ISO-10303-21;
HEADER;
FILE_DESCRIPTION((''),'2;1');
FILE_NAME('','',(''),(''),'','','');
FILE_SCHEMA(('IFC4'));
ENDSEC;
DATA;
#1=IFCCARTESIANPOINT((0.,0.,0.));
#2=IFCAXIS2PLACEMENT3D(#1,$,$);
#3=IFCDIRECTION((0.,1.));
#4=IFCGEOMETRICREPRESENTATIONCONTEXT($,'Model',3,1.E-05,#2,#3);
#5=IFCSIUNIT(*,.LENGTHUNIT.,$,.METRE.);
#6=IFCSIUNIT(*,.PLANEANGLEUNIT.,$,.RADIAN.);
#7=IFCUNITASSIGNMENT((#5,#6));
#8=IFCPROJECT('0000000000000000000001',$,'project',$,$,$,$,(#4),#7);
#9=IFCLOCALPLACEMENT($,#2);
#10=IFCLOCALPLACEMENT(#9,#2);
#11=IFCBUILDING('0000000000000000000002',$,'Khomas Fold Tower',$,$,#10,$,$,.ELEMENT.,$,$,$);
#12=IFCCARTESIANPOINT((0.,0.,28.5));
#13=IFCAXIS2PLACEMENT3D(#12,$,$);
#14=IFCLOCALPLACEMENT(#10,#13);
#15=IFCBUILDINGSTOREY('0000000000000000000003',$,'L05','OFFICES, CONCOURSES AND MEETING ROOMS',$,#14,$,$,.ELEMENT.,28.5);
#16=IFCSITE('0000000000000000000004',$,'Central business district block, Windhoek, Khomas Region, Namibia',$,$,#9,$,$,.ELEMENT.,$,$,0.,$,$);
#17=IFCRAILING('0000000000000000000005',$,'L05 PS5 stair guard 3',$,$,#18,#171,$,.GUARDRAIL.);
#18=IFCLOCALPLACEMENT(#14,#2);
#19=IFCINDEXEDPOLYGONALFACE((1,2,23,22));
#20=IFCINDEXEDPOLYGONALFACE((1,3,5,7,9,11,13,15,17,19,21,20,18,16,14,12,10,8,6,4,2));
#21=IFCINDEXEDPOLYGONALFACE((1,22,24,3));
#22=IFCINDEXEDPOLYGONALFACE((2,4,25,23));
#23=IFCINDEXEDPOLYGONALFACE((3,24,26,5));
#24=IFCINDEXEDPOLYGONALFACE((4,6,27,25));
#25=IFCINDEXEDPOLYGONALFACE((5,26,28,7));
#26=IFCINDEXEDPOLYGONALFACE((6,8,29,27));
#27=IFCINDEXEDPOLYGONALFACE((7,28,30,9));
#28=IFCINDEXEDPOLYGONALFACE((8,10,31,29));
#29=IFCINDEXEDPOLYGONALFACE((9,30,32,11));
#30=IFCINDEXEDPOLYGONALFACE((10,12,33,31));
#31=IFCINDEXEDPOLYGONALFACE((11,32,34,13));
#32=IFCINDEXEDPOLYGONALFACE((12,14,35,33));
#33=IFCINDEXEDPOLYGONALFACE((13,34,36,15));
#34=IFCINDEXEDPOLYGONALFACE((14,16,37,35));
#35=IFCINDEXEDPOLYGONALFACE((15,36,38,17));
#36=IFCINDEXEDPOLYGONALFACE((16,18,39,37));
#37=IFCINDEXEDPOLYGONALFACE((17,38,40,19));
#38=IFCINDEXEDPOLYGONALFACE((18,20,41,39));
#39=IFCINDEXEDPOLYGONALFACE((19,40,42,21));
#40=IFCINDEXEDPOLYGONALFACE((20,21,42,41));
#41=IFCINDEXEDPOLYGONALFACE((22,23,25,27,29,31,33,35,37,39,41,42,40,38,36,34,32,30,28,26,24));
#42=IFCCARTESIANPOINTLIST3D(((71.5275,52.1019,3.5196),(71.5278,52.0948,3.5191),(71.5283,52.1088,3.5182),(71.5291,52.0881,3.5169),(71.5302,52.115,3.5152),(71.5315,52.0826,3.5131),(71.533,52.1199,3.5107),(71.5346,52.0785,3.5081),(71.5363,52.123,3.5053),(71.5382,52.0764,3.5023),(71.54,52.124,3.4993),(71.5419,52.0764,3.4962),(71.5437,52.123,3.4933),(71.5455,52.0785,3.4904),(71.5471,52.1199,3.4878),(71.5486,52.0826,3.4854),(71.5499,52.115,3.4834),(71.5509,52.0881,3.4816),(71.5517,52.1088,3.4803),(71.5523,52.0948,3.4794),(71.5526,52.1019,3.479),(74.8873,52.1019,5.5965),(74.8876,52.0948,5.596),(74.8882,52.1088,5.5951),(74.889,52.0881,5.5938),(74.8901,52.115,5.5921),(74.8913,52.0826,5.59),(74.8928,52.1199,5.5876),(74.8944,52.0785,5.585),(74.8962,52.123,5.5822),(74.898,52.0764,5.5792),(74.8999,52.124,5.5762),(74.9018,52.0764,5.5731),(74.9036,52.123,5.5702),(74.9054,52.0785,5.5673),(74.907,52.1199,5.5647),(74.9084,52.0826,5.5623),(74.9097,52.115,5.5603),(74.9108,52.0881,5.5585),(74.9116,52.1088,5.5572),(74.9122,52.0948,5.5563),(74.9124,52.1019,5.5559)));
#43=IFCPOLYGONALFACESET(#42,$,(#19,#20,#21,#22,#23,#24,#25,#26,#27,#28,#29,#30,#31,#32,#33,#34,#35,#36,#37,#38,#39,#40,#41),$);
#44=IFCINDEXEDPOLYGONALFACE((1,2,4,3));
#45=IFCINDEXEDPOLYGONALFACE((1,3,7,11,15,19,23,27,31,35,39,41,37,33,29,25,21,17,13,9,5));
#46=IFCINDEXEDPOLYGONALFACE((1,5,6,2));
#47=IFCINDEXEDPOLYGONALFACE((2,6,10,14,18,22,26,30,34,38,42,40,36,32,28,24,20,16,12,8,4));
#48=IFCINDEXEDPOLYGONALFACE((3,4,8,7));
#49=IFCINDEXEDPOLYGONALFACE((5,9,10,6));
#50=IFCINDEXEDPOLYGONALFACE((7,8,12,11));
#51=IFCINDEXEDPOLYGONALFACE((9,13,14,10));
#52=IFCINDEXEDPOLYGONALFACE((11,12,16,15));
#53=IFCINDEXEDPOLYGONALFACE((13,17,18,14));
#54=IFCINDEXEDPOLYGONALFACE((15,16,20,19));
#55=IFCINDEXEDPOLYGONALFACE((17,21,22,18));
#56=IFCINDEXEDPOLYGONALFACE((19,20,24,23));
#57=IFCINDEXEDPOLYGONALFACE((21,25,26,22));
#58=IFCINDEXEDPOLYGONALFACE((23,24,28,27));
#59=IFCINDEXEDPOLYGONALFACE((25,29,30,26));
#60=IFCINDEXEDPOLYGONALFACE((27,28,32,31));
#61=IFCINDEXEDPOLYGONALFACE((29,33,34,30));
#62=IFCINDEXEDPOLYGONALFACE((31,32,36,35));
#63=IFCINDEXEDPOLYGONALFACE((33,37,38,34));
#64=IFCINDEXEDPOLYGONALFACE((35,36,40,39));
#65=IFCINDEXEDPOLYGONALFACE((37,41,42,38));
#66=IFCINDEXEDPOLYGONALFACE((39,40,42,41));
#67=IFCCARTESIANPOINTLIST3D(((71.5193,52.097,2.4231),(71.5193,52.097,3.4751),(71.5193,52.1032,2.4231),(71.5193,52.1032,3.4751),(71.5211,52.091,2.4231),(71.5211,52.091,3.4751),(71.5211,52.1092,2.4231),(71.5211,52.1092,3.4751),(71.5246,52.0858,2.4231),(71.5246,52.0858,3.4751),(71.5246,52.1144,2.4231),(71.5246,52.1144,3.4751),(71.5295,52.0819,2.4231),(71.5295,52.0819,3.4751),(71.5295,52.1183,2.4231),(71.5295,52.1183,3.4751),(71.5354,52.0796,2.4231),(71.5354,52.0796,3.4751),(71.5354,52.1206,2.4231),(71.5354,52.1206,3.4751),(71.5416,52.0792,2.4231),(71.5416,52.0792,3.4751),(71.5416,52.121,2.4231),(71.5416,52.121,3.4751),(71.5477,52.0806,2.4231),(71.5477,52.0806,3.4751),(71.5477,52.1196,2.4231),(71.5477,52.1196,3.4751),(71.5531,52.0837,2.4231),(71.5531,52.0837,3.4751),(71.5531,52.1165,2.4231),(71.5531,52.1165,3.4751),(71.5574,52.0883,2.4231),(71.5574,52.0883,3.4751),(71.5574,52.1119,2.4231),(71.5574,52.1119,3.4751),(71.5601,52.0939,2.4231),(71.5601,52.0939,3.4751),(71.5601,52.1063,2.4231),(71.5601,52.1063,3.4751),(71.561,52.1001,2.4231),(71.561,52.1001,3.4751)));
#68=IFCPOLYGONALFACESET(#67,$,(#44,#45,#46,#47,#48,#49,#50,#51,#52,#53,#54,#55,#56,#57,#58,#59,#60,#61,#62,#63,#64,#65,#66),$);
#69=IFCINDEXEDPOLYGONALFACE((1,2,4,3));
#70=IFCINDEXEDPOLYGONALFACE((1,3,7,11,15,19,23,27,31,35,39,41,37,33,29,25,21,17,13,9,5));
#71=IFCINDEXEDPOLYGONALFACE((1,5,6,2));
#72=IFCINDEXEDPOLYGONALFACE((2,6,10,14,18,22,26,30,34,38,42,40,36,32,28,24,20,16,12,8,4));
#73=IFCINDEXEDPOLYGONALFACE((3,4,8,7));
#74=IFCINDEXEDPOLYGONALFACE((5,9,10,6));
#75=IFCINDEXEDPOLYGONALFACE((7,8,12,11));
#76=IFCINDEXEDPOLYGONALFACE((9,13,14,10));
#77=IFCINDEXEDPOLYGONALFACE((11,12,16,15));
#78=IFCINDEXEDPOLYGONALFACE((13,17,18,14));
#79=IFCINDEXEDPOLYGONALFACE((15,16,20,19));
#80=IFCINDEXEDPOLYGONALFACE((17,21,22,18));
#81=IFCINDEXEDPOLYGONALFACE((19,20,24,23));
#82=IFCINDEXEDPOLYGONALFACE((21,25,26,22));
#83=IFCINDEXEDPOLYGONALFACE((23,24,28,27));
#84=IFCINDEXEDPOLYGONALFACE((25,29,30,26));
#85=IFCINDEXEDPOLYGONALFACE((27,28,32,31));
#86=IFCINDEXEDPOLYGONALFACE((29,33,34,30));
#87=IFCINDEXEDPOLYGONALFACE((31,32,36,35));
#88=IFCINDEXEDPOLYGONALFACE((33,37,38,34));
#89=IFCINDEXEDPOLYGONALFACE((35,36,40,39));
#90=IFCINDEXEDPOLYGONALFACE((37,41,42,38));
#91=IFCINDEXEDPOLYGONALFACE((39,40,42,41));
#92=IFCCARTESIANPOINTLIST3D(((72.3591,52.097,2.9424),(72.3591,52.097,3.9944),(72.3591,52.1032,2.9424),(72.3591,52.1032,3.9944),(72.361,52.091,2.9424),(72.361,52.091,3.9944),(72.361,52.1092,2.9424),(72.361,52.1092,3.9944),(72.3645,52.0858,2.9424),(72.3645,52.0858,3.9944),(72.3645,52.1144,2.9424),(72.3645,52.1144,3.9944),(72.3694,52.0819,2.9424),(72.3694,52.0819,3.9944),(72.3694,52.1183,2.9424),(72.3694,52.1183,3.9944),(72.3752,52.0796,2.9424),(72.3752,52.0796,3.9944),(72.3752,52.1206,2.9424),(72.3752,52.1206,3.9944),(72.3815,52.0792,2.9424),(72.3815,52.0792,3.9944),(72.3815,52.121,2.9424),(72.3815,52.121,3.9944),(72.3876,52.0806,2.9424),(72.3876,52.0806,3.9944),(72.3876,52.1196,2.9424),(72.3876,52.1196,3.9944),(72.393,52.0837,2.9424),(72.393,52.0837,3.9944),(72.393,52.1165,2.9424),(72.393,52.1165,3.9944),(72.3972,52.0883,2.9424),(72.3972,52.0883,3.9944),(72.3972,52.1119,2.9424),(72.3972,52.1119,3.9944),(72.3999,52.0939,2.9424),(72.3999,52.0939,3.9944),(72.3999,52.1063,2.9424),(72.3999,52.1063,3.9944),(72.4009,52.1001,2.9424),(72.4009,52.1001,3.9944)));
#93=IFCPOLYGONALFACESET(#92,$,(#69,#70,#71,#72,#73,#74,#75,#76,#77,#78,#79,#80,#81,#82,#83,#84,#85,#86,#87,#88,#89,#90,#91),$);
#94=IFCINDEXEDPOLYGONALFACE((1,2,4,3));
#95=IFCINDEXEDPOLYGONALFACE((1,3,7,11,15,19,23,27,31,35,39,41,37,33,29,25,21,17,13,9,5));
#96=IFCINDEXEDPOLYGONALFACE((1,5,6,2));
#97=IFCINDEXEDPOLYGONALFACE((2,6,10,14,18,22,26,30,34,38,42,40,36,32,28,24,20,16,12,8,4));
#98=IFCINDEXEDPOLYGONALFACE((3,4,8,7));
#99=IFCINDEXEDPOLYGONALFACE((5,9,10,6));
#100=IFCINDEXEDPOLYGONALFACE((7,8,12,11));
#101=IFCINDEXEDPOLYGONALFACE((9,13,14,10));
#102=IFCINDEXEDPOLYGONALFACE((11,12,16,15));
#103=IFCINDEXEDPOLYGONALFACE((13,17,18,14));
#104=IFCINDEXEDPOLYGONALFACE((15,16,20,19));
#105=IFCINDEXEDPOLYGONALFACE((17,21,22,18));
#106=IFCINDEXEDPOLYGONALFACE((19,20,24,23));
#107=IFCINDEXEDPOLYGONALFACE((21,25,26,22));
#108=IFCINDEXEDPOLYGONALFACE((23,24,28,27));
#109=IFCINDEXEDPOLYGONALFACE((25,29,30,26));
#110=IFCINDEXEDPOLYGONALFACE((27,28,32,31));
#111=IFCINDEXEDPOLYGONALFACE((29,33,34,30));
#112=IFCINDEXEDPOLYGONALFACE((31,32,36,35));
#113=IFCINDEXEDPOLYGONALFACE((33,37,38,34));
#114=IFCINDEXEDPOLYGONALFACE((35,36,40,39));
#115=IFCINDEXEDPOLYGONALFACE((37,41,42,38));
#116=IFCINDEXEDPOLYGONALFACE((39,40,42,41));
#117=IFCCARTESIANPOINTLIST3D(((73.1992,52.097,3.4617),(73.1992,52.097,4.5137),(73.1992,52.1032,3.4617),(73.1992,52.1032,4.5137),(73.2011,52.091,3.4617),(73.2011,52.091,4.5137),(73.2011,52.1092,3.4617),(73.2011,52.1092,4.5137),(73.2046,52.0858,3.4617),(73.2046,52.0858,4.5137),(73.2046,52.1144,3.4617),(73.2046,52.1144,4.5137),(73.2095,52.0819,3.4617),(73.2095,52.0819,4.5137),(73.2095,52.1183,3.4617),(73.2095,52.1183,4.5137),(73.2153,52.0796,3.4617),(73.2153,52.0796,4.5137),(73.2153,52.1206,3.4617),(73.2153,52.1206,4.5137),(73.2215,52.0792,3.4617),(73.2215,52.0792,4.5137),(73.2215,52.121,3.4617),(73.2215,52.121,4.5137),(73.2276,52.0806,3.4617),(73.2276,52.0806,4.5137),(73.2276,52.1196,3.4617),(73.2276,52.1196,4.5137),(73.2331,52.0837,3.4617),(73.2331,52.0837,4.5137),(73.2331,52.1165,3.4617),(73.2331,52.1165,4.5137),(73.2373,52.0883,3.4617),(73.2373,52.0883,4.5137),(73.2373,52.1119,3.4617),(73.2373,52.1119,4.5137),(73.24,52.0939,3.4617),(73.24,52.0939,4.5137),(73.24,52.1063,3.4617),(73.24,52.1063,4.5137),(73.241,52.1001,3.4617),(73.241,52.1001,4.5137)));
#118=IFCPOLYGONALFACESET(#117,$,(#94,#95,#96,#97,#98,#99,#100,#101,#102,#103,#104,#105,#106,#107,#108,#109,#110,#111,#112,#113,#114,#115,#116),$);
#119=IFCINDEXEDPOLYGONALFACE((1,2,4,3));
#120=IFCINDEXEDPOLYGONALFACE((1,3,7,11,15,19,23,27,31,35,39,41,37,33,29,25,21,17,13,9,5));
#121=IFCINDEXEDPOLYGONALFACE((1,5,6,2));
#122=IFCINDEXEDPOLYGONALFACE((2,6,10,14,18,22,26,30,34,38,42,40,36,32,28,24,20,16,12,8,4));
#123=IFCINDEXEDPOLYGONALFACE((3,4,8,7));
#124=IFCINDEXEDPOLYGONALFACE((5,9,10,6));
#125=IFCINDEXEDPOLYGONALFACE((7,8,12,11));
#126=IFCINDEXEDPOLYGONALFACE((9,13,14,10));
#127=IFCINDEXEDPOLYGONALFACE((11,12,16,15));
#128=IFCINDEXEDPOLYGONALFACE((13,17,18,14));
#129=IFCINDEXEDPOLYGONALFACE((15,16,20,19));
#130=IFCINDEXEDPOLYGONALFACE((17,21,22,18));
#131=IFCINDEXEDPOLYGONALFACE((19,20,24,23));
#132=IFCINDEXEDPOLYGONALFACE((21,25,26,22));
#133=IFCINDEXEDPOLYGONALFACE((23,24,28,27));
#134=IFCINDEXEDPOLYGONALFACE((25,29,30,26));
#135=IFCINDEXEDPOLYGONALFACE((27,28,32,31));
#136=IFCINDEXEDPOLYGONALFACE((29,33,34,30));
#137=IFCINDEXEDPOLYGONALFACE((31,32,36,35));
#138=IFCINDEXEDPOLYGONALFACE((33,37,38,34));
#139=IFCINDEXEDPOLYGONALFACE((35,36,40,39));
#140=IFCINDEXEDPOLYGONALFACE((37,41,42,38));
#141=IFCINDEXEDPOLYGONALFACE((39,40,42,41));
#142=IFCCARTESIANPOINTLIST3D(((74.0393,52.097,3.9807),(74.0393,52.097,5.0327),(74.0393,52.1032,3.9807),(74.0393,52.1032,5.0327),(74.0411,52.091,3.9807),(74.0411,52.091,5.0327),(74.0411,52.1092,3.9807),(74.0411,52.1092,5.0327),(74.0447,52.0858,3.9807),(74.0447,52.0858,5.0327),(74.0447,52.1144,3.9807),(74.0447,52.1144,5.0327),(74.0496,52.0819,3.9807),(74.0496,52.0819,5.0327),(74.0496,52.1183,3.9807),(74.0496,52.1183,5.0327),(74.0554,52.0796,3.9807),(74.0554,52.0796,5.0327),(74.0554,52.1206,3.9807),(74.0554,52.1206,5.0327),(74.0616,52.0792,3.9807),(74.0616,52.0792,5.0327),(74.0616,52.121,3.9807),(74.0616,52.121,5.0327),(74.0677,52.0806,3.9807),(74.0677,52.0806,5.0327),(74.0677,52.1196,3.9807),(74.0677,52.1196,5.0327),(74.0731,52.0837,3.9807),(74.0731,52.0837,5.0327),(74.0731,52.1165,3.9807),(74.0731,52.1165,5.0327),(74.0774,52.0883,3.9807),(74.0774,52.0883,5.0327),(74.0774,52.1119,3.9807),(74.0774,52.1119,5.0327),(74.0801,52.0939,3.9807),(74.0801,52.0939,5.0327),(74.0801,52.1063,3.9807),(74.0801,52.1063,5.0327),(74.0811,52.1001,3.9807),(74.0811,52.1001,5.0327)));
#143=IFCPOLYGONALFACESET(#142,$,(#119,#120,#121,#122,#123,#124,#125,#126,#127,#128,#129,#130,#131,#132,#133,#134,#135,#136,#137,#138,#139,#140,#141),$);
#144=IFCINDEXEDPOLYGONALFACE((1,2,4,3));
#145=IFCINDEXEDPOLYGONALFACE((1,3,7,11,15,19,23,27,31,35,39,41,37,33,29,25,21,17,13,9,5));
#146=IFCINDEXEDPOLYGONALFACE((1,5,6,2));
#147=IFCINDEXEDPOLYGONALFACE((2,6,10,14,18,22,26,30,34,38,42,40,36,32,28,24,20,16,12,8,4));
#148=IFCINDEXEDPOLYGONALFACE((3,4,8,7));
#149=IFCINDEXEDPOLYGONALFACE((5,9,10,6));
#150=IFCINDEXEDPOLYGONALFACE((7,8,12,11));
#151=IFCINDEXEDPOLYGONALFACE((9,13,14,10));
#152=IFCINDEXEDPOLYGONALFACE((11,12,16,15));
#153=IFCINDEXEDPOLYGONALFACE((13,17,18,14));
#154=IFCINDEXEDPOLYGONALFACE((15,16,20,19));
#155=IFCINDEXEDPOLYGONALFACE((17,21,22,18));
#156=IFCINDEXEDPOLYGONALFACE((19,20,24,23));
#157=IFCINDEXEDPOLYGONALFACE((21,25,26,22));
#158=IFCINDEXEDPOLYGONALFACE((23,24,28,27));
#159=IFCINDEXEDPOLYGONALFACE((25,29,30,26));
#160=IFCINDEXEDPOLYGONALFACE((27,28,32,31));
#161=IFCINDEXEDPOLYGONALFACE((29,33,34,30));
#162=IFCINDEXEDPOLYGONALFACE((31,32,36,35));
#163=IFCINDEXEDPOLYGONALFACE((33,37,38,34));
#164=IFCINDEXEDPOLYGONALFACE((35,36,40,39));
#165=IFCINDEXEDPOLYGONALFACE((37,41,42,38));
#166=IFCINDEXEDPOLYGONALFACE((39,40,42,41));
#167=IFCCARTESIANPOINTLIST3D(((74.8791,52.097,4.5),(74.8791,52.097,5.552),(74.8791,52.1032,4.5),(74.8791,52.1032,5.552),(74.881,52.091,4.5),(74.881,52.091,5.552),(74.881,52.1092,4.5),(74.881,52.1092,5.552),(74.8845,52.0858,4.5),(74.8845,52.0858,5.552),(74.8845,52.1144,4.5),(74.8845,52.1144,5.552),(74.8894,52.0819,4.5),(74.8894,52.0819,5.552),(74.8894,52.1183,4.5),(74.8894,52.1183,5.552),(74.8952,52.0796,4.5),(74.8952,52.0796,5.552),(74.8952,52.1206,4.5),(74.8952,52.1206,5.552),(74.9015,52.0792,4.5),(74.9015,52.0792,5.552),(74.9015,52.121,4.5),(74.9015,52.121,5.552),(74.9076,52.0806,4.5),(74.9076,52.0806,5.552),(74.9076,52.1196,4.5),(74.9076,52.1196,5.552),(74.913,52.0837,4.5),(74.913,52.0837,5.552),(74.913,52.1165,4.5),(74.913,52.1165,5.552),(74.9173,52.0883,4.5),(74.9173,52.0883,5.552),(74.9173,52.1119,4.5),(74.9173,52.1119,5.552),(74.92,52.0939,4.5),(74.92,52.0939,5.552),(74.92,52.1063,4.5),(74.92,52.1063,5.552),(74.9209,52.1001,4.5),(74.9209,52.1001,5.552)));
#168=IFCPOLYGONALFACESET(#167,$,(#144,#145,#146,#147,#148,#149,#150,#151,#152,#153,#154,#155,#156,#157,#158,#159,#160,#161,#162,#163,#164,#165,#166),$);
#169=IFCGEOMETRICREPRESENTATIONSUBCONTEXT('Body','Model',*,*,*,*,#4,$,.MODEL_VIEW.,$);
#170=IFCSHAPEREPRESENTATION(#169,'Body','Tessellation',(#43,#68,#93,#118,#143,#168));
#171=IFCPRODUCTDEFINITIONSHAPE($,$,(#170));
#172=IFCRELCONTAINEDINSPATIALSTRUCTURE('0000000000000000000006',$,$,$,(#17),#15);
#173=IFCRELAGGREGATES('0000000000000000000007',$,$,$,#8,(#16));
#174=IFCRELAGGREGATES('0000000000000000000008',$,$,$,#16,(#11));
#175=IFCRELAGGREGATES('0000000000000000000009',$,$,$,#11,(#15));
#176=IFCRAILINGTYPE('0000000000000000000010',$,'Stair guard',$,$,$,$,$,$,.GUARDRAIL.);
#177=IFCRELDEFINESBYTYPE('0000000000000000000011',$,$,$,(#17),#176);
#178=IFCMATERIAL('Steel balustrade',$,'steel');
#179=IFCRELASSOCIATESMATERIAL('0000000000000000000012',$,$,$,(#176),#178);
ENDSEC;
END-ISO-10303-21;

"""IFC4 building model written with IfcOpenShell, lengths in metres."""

from ifc_helpers import new_model, si_unit, direction, frame, origin, origin_2d, place, context, subcontext, project, spatial, circle, extrude, source, transform, mapped, material, type_object, element, save


model = new_model("IFC4")

# Units and contexts
model_context = context("Model", 3, precision=1e-05, world=origin(), true_north=direction((0.0, 1.0)))
body_context = subcontext(model_context, "Body", "Model", "MODEL_VIEW")
ifc_project = project(units=[si_unit("LENGTHUNIT", "METRE"), si_unit("PLANEANGLEUNIT", "RADIAN")], contexts=[model_context])

# Site, building, storey
site_placement = place(None, origin())
site = spatial("IfcSite", under=ifc_project, at=site_placement, Name="Central business district block, Windhoek, Khomas Region, Namibia", CompositionType="ELEMENT", RefElevation=0.0)
building_placement = place(site_placement, origin())
building = spatial("IfcBuilding", under=site, at=building_placement, Name="Khomas Fold Tower", CompositionType="ELEMENT")
storey_placement = place(building_placement, frame((0.0, 0.0, 28.5)))
storey = spatial("IfcBuildingStorey", under=building, at=storey_placement, Name="L05", Description="OFFICES, CONCOURSES AND MEETING ROOMS", CompositionType="ELEMENT", Elevation=28.5)

# Railing
ifc_material_1 = material(Name="Steel balustrade", Category="steel")
railing_type_1 = type_object("IfcRailingType", Name="Stair guard", PredefinedType="GUARDRAIL", material=ifc_material_1)
shared_shape_1 = source(origin(), body_context, "Body", "SweptSolid", [
    extrude(circle(Radius=0.0239, at=origin_2d()), frame((0.0, 0.0, 1.0762), z_axis=(0.850606, 0.0, 0.525803), x_axis=(0.0, 1.0, 0.0)), (0.0, 0.0, 1.0), 3.95),
    extrude(circle(Radius=0.021, at=origin_2d()), origin(), (0.0, 0.0, 1.0), 1.052),
    extrude(circle(Radius=0.021, at=origin_2d()), frame((0.8398, 0.0, 0.5193)), (0.0, 0.0, 1.0), 1.052),
    extrude(circle(Radius=0.021, at=origin_2d()), frame((1.6799, 0.0, 1.0386)), (0.0, 0.0, 1.0), 1.052),
    extrude(circle(Radius=0.021, at=origin_2d()), frame((2.52, 0.0, 1.5576)), (0.0, 0.0, 1.0), 1.052),
    extrude(circle(Radius=0.021, at=origin_2d()), frame((3.3599, 0.0, 2.0769)), (0.0, 0.0, 1.0), 1.052),
])
railing_1_placement = place(storey_placement, frame((71.54, 52.1001, 2.4231)))
element("IfcRailing", 1, at=railing_1_placement, inside=storey, type_object=railing_type_1, Name="L05 PS5 stair guard 3", PredefinedType="GUARDRAIL", context=body_context, shape_type="MappedRepresentation", body=[
    mapped(shared_shape_1, transform((0.0, 0.0, 0.0))),
])

save(model, "model.ifc")
